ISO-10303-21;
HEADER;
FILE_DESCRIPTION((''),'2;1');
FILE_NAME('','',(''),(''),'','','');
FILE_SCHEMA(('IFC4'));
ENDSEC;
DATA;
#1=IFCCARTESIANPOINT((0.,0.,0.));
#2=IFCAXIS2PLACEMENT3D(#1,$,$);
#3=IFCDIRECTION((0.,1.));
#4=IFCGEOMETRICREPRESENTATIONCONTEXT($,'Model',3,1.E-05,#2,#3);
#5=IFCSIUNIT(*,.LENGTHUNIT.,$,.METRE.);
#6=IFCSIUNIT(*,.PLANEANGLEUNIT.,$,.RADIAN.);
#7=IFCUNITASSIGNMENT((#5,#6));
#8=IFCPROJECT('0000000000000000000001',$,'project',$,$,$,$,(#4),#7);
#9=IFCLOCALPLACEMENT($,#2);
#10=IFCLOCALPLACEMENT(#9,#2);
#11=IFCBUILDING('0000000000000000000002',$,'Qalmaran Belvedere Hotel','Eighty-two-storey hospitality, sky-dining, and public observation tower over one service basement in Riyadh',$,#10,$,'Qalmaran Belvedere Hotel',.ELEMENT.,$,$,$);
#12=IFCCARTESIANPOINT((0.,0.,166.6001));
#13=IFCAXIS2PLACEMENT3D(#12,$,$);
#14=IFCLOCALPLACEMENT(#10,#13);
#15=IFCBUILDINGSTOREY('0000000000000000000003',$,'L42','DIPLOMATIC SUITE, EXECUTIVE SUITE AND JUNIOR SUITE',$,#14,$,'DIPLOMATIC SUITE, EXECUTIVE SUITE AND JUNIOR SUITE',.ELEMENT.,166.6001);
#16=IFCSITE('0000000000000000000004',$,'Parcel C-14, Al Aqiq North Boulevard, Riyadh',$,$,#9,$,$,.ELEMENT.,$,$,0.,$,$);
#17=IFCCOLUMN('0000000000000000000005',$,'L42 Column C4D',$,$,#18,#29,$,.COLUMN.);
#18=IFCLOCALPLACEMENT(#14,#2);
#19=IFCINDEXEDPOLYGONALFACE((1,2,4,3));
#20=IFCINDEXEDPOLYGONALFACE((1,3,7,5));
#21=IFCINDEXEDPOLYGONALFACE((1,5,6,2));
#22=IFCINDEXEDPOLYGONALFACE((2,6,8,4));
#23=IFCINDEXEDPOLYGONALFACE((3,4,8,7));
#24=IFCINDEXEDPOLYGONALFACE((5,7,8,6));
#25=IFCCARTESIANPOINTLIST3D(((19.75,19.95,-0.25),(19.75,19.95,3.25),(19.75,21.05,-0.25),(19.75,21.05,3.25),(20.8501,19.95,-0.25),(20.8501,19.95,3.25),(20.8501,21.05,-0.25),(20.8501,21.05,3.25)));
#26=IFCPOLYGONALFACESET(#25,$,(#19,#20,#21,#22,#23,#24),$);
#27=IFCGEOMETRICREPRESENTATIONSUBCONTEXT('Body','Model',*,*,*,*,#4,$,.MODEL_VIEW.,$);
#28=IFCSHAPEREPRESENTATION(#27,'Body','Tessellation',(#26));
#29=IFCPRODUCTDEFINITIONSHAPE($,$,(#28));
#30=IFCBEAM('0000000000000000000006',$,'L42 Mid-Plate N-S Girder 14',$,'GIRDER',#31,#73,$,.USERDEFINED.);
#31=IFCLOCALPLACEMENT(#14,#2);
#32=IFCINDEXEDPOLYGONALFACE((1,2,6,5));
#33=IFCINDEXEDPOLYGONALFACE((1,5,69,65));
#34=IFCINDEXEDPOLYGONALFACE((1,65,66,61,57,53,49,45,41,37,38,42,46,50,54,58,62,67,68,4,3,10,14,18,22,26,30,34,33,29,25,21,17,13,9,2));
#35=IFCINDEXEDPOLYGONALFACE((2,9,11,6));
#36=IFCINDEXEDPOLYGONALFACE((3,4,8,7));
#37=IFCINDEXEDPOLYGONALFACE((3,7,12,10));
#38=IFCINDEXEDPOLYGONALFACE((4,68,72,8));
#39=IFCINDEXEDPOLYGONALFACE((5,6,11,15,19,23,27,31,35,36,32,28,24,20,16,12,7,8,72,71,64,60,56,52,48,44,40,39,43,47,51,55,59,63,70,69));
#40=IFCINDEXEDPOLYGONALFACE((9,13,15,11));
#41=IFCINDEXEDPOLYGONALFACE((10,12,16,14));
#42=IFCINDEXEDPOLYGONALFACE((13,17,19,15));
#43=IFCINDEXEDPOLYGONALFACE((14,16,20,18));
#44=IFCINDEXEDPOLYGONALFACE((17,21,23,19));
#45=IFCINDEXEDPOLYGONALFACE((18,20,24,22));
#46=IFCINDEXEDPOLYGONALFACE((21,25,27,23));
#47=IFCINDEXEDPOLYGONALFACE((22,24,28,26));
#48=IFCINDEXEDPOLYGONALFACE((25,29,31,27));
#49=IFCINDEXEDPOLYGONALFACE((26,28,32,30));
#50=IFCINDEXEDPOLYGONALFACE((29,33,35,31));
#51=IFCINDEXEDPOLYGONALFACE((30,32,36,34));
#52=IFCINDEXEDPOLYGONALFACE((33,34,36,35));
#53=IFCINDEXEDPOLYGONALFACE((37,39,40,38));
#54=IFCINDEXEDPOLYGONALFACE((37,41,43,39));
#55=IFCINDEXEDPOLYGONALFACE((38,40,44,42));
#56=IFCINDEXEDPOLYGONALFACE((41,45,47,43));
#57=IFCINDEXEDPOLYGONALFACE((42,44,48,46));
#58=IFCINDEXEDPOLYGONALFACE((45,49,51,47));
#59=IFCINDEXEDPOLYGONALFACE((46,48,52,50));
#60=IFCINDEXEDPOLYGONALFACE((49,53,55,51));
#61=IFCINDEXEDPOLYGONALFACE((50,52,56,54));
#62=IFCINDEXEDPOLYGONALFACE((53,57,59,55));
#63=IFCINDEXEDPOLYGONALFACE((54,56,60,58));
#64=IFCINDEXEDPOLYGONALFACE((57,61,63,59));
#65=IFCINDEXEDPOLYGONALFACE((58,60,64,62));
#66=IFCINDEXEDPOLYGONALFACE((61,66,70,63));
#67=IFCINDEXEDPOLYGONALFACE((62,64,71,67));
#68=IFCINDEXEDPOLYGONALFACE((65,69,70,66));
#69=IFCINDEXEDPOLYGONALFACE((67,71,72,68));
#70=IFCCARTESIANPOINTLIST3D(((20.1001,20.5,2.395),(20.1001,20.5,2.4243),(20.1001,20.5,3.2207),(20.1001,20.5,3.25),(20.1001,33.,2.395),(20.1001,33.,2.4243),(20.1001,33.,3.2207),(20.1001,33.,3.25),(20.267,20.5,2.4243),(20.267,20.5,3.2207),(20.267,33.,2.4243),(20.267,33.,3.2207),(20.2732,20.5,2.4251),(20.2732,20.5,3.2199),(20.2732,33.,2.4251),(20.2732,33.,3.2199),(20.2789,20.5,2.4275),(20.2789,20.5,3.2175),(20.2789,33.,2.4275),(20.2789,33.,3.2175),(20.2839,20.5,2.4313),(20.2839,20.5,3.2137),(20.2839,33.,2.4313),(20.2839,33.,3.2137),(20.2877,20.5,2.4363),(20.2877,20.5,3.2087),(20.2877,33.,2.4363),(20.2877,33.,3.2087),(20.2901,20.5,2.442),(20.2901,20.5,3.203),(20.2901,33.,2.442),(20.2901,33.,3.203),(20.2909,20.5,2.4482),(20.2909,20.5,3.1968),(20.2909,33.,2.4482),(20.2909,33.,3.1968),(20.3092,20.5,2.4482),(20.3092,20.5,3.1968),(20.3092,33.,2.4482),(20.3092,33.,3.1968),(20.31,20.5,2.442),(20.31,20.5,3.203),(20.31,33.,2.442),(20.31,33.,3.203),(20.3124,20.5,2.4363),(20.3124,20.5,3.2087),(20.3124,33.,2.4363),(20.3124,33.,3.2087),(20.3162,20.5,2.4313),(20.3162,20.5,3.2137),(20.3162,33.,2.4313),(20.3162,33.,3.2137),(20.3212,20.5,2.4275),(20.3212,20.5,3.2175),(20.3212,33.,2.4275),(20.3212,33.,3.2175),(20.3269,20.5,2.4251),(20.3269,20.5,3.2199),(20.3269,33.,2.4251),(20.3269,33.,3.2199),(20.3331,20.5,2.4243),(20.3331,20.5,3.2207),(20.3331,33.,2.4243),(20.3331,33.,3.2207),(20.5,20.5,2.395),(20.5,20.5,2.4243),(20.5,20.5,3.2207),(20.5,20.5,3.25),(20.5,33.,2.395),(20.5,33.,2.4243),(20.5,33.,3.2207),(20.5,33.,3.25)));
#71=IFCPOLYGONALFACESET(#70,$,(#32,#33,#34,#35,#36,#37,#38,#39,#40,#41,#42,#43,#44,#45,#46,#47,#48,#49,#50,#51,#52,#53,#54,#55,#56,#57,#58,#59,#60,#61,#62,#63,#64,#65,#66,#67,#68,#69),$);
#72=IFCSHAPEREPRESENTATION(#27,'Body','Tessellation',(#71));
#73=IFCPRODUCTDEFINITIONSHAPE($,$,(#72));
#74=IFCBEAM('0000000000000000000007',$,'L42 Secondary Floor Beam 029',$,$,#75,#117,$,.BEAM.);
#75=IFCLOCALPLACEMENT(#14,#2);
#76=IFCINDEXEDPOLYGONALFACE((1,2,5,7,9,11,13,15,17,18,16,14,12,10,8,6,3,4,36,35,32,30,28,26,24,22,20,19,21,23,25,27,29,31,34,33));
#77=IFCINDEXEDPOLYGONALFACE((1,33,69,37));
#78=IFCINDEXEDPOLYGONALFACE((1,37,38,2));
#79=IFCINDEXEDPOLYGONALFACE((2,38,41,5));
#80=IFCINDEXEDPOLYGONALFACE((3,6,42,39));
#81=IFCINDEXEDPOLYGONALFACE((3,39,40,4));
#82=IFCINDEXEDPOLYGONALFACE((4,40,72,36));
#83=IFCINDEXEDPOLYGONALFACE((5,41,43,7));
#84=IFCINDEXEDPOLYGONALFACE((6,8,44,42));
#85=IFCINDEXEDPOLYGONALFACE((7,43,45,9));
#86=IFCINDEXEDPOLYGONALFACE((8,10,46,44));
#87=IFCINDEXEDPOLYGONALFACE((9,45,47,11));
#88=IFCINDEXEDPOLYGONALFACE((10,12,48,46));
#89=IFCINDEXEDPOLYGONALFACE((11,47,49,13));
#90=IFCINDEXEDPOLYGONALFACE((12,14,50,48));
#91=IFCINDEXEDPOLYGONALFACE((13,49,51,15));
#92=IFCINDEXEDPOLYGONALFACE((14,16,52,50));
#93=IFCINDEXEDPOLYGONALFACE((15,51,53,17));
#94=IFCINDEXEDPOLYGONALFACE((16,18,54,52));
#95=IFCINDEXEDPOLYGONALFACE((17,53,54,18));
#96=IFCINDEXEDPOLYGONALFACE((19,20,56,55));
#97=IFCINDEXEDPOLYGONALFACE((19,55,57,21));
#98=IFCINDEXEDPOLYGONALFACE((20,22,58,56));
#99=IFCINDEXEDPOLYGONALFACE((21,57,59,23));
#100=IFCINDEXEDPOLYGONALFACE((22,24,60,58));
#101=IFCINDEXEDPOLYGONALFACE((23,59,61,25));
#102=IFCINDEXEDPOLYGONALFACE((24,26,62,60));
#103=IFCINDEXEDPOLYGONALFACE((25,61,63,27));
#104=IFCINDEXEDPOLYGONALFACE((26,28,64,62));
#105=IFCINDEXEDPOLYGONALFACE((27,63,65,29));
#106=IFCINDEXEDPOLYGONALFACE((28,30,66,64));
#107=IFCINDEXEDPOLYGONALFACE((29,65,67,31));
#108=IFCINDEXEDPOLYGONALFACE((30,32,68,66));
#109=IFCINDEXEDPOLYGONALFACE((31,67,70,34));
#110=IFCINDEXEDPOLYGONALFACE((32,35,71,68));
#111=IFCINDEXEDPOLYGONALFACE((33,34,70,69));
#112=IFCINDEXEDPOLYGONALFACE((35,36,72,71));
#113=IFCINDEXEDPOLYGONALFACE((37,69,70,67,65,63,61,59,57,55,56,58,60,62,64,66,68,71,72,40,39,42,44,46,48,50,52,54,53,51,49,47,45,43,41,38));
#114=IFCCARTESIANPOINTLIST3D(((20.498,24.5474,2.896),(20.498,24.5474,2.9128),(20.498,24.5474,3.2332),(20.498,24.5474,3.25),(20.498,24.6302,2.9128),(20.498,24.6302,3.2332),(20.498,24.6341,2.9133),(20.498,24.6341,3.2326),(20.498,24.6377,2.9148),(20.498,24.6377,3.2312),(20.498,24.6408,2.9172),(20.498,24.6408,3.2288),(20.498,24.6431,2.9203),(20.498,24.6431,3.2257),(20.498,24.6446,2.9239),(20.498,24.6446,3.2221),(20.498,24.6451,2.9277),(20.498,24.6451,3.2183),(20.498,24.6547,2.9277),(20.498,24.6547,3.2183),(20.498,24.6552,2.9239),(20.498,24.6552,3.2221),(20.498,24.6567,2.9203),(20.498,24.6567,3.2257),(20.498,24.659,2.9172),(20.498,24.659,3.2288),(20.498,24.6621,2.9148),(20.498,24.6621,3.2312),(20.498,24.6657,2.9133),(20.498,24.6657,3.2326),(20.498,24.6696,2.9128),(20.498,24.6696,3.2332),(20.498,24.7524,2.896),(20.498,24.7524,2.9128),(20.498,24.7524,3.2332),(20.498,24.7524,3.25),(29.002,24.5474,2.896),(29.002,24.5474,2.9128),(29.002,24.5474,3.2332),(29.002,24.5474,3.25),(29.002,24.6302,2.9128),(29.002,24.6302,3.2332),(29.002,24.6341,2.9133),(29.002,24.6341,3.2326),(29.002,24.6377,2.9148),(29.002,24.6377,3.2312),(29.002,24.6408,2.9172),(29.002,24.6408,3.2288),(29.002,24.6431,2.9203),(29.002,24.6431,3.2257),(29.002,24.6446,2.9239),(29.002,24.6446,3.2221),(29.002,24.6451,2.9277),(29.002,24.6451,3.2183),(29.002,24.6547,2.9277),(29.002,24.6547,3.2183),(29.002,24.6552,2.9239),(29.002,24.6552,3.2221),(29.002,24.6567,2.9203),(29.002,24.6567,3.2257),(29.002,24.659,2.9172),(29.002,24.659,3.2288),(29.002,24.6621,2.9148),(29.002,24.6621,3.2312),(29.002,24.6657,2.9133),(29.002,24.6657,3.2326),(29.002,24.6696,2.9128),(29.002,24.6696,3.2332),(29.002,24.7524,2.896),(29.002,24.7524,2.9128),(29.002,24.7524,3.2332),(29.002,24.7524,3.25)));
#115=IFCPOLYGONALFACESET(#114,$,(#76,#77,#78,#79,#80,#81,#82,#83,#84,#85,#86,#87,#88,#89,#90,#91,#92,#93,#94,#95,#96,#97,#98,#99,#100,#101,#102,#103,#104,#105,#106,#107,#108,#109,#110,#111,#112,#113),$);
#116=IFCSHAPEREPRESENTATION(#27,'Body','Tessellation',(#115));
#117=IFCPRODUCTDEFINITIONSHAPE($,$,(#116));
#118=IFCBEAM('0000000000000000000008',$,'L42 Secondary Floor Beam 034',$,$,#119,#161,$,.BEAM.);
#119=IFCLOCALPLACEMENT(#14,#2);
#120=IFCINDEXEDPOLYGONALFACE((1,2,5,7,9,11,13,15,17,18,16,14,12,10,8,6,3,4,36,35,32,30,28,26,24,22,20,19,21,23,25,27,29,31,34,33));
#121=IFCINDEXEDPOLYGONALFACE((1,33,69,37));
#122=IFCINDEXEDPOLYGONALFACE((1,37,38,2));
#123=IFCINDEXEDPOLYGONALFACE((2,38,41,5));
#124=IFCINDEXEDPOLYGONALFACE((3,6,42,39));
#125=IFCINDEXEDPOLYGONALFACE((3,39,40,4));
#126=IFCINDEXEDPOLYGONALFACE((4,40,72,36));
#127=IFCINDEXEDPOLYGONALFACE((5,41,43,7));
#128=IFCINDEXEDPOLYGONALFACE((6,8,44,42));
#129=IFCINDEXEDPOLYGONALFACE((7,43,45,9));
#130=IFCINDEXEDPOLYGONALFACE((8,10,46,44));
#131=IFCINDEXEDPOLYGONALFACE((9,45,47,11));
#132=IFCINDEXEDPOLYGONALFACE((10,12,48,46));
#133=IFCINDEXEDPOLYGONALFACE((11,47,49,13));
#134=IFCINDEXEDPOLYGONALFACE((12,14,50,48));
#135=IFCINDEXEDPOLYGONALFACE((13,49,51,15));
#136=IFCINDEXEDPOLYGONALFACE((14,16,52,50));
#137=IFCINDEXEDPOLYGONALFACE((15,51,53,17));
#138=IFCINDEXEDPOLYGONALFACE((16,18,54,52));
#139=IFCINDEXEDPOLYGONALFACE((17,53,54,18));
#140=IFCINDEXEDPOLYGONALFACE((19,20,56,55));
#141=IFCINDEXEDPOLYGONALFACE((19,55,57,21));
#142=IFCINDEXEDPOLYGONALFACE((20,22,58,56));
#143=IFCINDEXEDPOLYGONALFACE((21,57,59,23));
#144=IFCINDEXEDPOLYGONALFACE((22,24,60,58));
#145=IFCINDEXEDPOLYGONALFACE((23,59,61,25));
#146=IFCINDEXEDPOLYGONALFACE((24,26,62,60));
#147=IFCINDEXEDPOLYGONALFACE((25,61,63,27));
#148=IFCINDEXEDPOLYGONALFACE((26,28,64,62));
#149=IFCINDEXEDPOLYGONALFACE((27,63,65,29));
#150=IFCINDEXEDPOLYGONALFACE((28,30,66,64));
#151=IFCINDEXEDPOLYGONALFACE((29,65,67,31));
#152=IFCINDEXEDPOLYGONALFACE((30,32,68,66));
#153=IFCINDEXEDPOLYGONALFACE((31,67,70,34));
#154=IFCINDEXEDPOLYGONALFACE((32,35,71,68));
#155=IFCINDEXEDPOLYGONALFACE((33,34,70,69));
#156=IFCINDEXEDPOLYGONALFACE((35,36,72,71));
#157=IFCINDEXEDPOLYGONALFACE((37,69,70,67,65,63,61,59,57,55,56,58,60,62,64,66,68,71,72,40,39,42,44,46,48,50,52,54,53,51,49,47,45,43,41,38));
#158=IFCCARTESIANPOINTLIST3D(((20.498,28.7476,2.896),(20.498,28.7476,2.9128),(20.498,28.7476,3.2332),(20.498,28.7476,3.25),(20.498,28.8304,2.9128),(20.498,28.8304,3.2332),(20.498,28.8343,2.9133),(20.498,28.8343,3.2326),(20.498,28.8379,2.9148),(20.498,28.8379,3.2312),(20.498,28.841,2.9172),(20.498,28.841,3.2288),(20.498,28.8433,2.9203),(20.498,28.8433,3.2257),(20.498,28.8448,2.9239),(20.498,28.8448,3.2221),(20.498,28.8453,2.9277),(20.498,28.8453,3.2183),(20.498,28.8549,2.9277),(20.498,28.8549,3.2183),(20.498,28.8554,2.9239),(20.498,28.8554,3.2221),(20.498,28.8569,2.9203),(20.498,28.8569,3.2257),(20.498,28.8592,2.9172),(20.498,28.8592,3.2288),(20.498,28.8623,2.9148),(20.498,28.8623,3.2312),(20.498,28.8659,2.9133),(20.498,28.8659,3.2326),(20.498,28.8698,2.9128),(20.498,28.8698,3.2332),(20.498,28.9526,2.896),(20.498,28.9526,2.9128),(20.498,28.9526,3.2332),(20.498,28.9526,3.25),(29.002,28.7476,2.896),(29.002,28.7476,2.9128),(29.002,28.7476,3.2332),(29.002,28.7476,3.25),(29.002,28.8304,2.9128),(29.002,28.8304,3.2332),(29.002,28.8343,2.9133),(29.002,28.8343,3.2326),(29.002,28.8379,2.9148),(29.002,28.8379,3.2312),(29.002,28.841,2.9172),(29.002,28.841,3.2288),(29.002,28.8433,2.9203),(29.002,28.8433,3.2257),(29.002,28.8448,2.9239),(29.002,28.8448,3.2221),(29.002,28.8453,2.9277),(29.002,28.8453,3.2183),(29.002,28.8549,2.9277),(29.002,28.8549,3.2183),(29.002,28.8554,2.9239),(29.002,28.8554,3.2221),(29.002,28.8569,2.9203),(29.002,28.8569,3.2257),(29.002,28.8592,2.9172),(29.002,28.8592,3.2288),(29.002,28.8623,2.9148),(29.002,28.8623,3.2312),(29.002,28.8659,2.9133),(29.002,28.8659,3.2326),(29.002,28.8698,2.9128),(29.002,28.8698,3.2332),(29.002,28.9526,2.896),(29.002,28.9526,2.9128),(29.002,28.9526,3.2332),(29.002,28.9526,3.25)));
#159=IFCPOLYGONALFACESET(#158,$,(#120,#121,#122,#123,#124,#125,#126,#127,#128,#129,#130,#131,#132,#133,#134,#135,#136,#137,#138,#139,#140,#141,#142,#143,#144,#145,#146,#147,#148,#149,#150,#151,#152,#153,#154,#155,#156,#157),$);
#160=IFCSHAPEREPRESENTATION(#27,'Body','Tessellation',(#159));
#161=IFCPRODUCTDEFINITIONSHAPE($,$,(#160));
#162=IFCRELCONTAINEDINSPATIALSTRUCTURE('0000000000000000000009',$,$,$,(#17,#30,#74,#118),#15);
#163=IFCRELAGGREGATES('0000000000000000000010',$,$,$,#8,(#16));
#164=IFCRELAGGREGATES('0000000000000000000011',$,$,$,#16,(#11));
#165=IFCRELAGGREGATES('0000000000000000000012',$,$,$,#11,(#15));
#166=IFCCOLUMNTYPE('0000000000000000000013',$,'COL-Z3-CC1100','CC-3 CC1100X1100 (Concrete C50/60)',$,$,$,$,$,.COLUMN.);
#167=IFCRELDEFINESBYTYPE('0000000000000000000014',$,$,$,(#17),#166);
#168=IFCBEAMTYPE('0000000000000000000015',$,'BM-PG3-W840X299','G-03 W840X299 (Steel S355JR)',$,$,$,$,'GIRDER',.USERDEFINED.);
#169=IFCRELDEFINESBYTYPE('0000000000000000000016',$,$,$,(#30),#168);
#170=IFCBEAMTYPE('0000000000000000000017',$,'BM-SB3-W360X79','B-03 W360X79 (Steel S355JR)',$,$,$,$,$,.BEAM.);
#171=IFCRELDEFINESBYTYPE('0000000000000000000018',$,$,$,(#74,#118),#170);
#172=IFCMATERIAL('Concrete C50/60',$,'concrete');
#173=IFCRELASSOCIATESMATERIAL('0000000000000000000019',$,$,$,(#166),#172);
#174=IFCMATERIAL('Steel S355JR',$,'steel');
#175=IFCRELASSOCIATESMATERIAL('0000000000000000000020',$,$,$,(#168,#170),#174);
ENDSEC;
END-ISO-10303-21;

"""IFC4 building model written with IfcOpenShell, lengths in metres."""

from ifc_helpers import new_model, si_unit, direction, frame, origin, origin_2d, place, context, subcontext, project, spatial, rectangle, i_section, extrude, material, material_profile, profile_set, type_object, element, save


model = new_model("IFC4")

# Units and contexts
model_context = context("Model", 3, precision=1e-05, world=origin(), true_north=direction((0.0, 1.0)))
body_context = subcontext(model_context, "Body", "Model", "MODEL_VIEW")
ifc_project = project(units=[si_unit("LENGTHUNIT", "METRE"), si_unit("PLANEANGLEUNIT", "RADIAN")], contexts=[model_context])

# Site, building, storey
site_placement = place(None, origin())
site = spatial("IfcSite", under=ifc_project, at=site_placement, Name="Parcel C-14, Al Aqiq North Boulevard, Riyadh", CompositionType="ELEMENT", RefElevation=0.0)
building_placement = place(site_placement, origin())
building = spatial("IfcBuilding", under=site, at=building_placement, Name="Qalmaran Belvedere Hotel", Description="Eighty-two-storey hospitality, sky-dining, and public observation tower over one service basement in Riyadh", LongName="Qalmaran Belvedere Hotel", CompositionType="ELEMENT")
storey_placement = place(building_placement, frame((0.0, 0.0, 166.6001)))
storey = spatial("IfcBuildingStorey", under=building, at=storey_placement, Name="L42", Description="DIPLOMATIC SUITE, EXECUTIVE SUITE AND JUNIOR SUITE", LongName="DIPLOMATIC SUITE, EXECUTIVE SUITE AND JUNIOR SUITE", CompositionType="ELEMENT", Elevation=166.6001)

# Column
ifc_material_1 = material(Name="Concrete C50/60", Category="concrete")
ifc_material_profile_1 = material_profile(ifc_material_1, rectangle(XDim=1.1001, YDim=1.1001, at=origin_2d()), Name="CC1100X1100")
ifc_profile_set_1 = profile_set([ifc_material_profile_1], Name="Concrete C50/60")
column_type = type_object("IfcColumnType", Name="COL-Z3-CC1100", Description="CC-3 CC1100X1100 (Concrete C50/60)", PredefinedType="COLUMN", material=ifc_profile_set_1)
column_placement = place(storey_placement, frame((20.3, 20.5, -0.25), z_axis=(0.0, 0.0, 1.0), x_axis=(1.0, 0.0, 0.0)))
element("IfcColumn", 1, at=column_placement, inside=storey, type_object=column_type, Name="L42 Column C4D", PredefinedType="COLUMN", context=body_context, shape_type="SweptSolid", body=[
    extrude(rectangle(XDim=1.1001, YDim=1.1001, at=origin_2d()), origin(), (0.0, 0.0, 1.0), 3.5),
])

# Beams
ifc_material_2 = material(Name="Steel S355JR", Category="steel")
ifc_material_profile_2 = material_profile(ifc_material_2, i_section(OverallWidth=0.3999, OverallDepth=0.855, WebThickness=0.0183, FlangeThickness=0.0293, FilletRadius=0.0239, at=origin_2d()), Name="W840X299")
ifc_profile_set_2 = profile_set([ifc_material_profile_2], Name="Steel S355JR")
beam_type_1 = type_object("IfcBeamType", Name="BM-PG3-W840X299", Description="G-03 W840X299 (Steel S355JR)", ElementType="GIRDER", PredefinedType="USERDEFINED", material=ifc_profile_set_2)
beam_1_placement = place(storey_placement, frame((20.3, 20.5, 2.8225), z_axis=(0.0, 1.0, 0.0), x_axis=(-1.0, 0.0, 0.0)))
element("IfcBeam", 2, at=beam_1_placement, inside=storey, type_object=beam_type_1, Name="L42 Mid-Plate N-S Girder 14", ObjectType="GIRDER", PredefinedType="USERDEFINED", context=body_context, shape_type="SweptSolid", body=[
    extrude(i_section(OverallWidth=0.3999, OverallDepth=0.855, WebThickness=0.0183, FlangeThickness=0.0293, FilletRadius=0.0239, at=origin_2d()), origin(), (0.0, 0.0, 1.0), 12.5),
])
ifc_material_profile_3 = material_profile(ifc_material_2, i_section(OverallWidth=0.2051, OverallDepth=0.354, WebThickness=0.0095, FlangeThickness=0.0168, FilletRadius=0.0149, at=origin_2d()), Name="W360X79")
ifc_profile_set_3 = profile_set([ifc_material_profile_3], Name="Steel S355JR")
beam_type_2 = type_object("IfcBeamType", Name="BM-SB3-W360X79", Description="B-03 W360X79 (Steel S355JR)", PredefinedType="BEAM", material=ifc_profile_set_3)
for number, where, z_axis, x_axis, name in (
    (3, (20.498, 24.6499, 3.073), (1.0, 0.0, 0.0), (0.0, 1.0, 0.0), "L42 Secondary Floor Beam 029"),
    (4, (20.498, 28.8501, 3.073), (1.0, 0.0, 0.0), (0.0, 1.0, 0.0), "L42 Secondary Floor Beam 034"),
):
    element("IfcBeam", number, at=place(storey_placement, frame(where, z_axis=z_axis, x_axis=x_axis)), inside=storey, type_object=beam_type_2, Name=name, PredefinedType="BEAM", context=body_context, shape_type="SweptSolid", body=[
        extrude(i_section(OverallWidth=0.2051, OverallDepth=0.354, WebThickness=0.0095, FlangeThickness=0.0168, FilletRadius=0.0149, at=origin_2d()), origin(), (0.0, 0.0, 1.0), 8.5039),
    ])

save(model, "model.ifc")
